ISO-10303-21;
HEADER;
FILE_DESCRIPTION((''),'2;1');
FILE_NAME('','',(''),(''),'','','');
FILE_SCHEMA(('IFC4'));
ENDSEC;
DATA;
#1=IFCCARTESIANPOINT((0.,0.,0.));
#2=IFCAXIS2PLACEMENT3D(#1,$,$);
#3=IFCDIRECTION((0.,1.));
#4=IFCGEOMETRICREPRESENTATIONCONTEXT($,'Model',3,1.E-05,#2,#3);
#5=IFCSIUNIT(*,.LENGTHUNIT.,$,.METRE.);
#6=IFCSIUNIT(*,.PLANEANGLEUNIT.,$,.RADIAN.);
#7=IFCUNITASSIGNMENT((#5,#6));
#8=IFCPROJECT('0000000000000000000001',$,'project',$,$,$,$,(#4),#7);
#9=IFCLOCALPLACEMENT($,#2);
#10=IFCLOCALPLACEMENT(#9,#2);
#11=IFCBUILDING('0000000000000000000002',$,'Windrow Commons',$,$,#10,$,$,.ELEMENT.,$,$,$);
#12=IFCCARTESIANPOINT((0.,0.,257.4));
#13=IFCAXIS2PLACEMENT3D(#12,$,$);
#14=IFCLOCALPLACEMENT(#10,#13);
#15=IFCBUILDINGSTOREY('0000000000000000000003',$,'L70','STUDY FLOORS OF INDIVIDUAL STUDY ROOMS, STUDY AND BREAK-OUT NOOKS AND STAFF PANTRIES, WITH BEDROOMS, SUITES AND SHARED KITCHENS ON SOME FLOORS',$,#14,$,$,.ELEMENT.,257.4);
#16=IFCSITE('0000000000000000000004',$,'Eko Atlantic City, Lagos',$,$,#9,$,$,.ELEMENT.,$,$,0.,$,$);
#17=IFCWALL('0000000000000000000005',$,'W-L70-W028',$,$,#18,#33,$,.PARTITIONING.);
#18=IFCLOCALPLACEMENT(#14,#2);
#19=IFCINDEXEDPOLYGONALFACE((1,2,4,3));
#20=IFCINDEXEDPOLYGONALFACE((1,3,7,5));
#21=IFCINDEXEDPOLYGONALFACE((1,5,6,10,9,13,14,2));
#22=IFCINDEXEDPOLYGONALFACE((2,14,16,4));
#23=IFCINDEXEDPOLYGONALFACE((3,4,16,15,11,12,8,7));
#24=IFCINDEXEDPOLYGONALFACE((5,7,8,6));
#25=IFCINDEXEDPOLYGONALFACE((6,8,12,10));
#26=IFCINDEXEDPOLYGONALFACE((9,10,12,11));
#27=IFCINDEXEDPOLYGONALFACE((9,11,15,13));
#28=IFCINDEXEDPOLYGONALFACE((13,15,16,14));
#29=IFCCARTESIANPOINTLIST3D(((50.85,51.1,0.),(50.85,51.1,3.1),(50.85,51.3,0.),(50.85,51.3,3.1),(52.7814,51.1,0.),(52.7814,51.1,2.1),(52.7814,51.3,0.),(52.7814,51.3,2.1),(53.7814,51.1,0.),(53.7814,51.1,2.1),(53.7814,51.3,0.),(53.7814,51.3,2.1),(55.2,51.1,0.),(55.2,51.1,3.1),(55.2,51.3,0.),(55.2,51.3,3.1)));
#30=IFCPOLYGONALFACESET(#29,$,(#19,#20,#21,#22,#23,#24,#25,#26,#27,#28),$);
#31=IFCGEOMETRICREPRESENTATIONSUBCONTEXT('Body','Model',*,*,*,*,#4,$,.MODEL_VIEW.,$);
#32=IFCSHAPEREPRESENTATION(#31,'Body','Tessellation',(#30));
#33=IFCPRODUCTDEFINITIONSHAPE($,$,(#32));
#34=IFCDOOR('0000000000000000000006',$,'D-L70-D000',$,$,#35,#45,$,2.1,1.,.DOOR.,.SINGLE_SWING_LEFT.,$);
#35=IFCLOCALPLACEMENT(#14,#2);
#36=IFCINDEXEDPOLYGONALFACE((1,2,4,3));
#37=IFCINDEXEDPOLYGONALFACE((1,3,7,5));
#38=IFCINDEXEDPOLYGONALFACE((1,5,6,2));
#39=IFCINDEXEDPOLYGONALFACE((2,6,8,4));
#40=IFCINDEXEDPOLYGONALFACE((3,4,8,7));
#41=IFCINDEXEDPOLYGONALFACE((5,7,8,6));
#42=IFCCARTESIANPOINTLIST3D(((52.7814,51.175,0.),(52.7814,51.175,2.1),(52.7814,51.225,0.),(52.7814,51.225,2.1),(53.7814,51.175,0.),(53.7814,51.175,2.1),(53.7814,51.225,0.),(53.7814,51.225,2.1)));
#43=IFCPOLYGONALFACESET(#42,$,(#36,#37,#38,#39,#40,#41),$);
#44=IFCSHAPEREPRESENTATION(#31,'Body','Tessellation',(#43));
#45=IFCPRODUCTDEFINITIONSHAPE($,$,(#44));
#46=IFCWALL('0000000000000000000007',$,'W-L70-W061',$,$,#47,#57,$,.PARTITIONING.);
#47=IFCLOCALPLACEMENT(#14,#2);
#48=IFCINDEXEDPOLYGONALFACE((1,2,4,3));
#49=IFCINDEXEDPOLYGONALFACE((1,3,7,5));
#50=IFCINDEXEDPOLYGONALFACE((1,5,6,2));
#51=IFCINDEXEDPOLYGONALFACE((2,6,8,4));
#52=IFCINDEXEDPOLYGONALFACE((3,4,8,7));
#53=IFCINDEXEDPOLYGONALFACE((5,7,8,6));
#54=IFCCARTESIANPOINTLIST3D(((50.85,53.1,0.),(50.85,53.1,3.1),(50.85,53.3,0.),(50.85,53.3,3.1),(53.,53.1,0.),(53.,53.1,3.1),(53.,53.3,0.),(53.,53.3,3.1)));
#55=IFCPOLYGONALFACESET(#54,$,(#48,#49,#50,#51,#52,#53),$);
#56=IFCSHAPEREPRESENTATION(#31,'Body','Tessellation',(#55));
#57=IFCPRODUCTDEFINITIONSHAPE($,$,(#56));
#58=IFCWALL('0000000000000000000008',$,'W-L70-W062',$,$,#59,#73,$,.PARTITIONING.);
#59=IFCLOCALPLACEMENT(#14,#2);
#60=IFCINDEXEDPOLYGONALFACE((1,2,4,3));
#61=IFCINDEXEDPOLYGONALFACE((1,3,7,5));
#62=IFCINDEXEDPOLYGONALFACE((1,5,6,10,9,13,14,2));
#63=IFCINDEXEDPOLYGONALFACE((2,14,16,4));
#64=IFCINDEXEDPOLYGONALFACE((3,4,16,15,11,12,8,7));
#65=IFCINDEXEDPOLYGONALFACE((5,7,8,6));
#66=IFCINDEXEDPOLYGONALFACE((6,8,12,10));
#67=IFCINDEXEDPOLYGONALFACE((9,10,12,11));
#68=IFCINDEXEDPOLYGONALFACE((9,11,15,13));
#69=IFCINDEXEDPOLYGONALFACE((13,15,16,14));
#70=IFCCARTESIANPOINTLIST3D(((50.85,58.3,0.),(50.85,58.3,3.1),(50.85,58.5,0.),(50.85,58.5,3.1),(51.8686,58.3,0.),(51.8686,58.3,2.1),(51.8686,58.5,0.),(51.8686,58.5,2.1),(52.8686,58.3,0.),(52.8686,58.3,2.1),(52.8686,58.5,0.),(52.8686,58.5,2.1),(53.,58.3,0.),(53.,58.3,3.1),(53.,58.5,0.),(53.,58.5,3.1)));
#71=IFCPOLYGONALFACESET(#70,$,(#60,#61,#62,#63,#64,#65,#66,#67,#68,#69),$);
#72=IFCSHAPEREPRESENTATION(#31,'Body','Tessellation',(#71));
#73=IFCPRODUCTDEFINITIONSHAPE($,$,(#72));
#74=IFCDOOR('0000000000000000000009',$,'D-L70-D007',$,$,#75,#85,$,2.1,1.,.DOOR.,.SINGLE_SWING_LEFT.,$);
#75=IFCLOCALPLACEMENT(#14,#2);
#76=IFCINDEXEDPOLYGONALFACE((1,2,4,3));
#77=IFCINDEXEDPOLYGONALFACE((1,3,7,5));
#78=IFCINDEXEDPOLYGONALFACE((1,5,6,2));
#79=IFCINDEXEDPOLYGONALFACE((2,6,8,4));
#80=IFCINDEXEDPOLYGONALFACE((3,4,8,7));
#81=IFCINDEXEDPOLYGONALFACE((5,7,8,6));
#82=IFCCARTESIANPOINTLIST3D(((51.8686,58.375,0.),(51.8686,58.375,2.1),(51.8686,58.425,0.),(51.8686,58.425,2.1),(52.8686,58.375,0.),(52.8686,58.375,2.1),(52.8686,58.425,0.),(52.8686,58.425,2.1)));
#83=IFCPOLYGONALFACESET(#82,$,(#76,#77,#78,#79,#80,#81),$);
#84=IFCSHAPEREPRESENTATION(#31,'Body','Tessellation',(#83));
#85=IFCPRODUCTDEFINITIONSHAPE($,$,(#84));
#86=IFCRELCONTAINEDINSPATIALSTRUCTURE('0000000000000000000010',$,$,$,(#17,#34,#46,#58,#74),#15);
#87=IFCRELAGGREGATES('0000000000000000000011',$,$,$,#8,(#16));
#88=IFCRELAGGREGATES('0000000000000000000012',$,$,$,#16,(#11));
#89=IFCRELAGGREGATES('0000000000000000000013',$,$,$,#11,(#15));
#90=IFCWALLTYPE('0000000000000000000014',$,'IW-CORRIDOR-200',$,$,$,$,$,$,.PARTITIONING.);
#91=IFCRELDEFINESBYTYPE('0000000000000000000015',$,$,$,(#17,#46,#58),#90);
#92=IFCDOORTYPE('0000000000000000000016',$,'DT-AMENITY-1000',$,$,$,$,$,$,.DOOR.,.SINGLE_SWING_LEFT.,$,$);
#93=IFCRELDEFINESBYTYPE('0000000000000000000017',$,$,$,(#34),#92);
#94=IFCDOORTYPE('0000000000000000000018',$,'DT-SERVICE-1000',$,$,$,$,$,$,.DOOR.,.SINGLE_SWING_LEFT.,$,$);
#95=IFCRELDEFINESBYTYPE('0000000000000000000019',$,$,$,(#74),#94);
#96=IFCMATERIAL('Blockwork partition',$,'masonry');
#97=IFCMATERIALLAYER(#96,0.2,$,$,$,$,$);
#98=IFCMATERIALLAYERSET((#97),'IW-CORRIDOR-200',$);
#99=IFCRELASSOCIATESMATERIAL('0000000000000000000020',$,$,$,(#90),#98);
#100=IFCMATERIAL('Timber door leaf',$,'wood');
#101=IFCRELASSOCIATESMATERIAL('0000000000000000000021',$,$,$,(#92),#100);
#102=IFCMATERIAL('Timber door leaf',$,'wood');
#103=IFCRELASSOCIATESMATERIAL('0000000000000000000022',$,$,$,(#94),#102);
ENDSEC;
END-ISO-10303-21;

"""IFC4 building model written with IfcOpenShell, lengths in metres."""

from ifc_helpers import new_model, si_unit, direction, frame, frame_2d, origin, place, context, subcontext, project, spatial, rectangle, extrude, material, layer, layer_set, type_object, element, fill, save


model = new_model("IFC4")

# Units and contexts
model_context = context("Model", 3, precision=1e-05, world=origin(), true_north=direction((0.0, 1.0)))
body_context = subcontext(model_context, "Body", "Model", "MODEL_VIEW")
ifc_project = project(units=[si_unit("LENGTHUNIT", "METRE"), si_unit("PLANEANGLEUNIT", "RADIAN")], contexts=[model_context])

# Site, building, storey
site_placement = place(None, origin())
site = spatial("IfcSite", under=ifc_project, at=site_placement, Name="Eko Atlantic City, Lagos", CompositionType="ELEMENT", RefElevation=0.0)
building_placement = place(site_placement, origin())
building = spatial("IfcBuilding", under=site, at=building_placement, Name="Windrow Commons", CompositionType="ELEMENT")
storey_placement = place(building_placement, frame((0.0, 0.0, 257.4)))
storey = spatial("IfcBuildingStorey", under=building, at=storey_placement, Name="L70", Description="STUDY FLOORS OF INDIVIDUAL STUDY ROOMS, STUDY AND BREAK-OUT NOOKS AND STAFF PANTRIES, WITH BEDROOMS, SUITES AND SHARED KITCHENS ON SOME FLOORS", CompositionType="ELEMENT", Elevation=257.4)

# Wall, opening, door
ifc_material_1 = material(Name="Blockwork partition", Category="masonry")
ifc_layer_1 = layer(ifc_material_1, 0.2)
ifc_layer_set_1 = layer_set([ifc_layer_1], Name="IW-CORRIDOR-200")
wall_type_1 = type_object("IfcWallType", Name="IW-CORRIDOR-200", PredefinedType="PARTITIONING", material=ifc_layer_set_1)
wall_1_placement = place(storey_placement, frame((50.85, 51.2, 0.0), z_axis=(0.0, 0.0, 1.0), x_axis=(1.0, 0.0, 0.0)))
wall_1 = element("IfcWall", 1, at=wall_1_placement, inside=storey, type_object=wall_type_1, Name="W-L70-W028", PredefinedType="PARTITIONING", context=body_context, shape_type="SweptSolid", body=[
    extrude(rectangle(XDim=4.35, YDim=0.2, at=frame_2d((2.175, 0.0))), origin(), (0.0, 0.0, 1.0), 3.1),
])
opening_1_placement = place(wall_1_placement, frame((1.9314, 0.0, 0.0)))
opening_1 = element("IfcOpeningElement", 2, at=opening_1_placement, cuts=wall_1, PredefinedType="OPENING", context=body_context, shape_type="SweptSolid", body=[
    extrude(rectangle(XDim=1.0, YDim=2.1, at=frame_2d((0.5, 1.05))), frame((0.0, 0.11, 0.0), z_axis=(0.0, -1.0, 0.0), x_axis=(1.0, 0.0, 0.0)), (0.0, 0.0, 1.0), 0.22),
])
ifc_material_2 = material(Name="Timber door leaf", Category="wood")
door_type_1 = type_object("IfcDoorType", Name="DT-AMENITY-1000", OperationType="SINGLE_SWING_LEFT", PredefinedType="DOOR", material=ifc_material_2)
door_1_placement = place(opening_1_placement, origin())
door_1 = element("IfcDoor", 3, at=door_1_placement, inside=storey, type_object=door_type_1, Name="D-L70-D000", OperationType="SINGLE_SWING_LEFT", OverallHeight=2.1, OverallWidth=1.0, PredefinedType="DOOR", context=body_context, shape_type="SweptSolid", body=[
    extrude(rectangle(XDim=1.0, YDim=2.1, at=frame_2d((0.5, 1.05))), frame((0.0, 0.025, 0.0), z_axis=(0.0, -1.0, 0.0), x_axis=(1.0, 0.0, 0.0)), (0.0, 0.0, 1.0), 0.05),
])
fill(opening_1, door_1)

# Wall
wall_2_placement = place(storey_placement, frame((50.85, 53.2, 0.0), z_axis=(0.0, 0.0, 1.0), x_axis=(1.0, 0.0, 0.0)))
element("IfcWall", 4, at=wall_2_placement, inside=storey, type_object=wall_type_1, Name="W-L70-W061", PredefinedType="PARTITIONING", context=body_context, shape_type="SweptSolid", body=[
    extrude(rectangle(XDim=2.15, YDim=0.2, at=frame_2d((1.075, 0.0))), origin(), (0.0, 0.0, 1.0), 3.1),
])

# Wall, opening, door
wall_3_placement = place(storey_placement, frame((50.85, 58.4, 0.0), z_axis=(0.0, 0.0, 1.0), x_axis=(1.0, 0.0, 0.0)))
wall_3 = element("IfcWall", 5, at=wall_3_placement, inside=storey, type_object=wall_type_1, Name="W-L70-W062", PredefinedType="PARTITIONING", context=body_context, shape_type="SweptSolid", body=[
    extrude(rectangle(XDim=2.15, YDim=0.2, at=frame_2d((1.075, 0.0))), origin(), (0.0, 0.0, 1.0), 3.1),
])
opening_2_placement = place(wall_3_placement, frame((1.0186, 0.0, 0.0)))
opening_2 = element("IfcOpeningElement", 6, at=opening_2_placement, cuts=wall_3, PredefinedType="OPENING", context=body_context, shape_type="SweptSolid", body=[
    extrude(rectangle(XDim=1.0, YDim=2.1, at=frame_2d((0.5, 1.05))), frame((0.0, 0.11, 0.0), z_axis=(0.0, -1.0, 0.0), x_axis=(1.0, 0.0, 0.0)), (0.0, 0.0, 1.0), 0.22),
])
ifc_material_3 = material(Name="Timber door leaf", Category="wood")
door_type_2 = type_object("IfcDoorType", Name="DT-SERVICE-1000", OperationType="SINGLE_SWING_LEFT", PredefinedType="DOOR", material=ifc_material_3)
door_2_placement = place(opening_2_placement, origin())
door_2 = element("IfcDoor", 7, at=door_2_placement, inside=storey, type_object=door_type_2, Name="D-L70-D007", OperationType="SINGLE_SWING_LEFT", OverallHeight=2.1, OverallWidth=1.0, PredefinedType="DOOR", context=body_context, shape_type="SweptSolid", body=[
    extrude(rectangle(XDim=1.0, YDim=2.1, at=frame_2d((0.5, 1.05))), frame((0.0, 0.025, 0.0), z_axis=(0.0, -1.0, 0.0), x_axis=(1.0, 0.0, 0.0)), (0.0, 0.0, 1.0), 0.05),
])
fill(opening_2, door_2)

save(model, "model.ifc")
